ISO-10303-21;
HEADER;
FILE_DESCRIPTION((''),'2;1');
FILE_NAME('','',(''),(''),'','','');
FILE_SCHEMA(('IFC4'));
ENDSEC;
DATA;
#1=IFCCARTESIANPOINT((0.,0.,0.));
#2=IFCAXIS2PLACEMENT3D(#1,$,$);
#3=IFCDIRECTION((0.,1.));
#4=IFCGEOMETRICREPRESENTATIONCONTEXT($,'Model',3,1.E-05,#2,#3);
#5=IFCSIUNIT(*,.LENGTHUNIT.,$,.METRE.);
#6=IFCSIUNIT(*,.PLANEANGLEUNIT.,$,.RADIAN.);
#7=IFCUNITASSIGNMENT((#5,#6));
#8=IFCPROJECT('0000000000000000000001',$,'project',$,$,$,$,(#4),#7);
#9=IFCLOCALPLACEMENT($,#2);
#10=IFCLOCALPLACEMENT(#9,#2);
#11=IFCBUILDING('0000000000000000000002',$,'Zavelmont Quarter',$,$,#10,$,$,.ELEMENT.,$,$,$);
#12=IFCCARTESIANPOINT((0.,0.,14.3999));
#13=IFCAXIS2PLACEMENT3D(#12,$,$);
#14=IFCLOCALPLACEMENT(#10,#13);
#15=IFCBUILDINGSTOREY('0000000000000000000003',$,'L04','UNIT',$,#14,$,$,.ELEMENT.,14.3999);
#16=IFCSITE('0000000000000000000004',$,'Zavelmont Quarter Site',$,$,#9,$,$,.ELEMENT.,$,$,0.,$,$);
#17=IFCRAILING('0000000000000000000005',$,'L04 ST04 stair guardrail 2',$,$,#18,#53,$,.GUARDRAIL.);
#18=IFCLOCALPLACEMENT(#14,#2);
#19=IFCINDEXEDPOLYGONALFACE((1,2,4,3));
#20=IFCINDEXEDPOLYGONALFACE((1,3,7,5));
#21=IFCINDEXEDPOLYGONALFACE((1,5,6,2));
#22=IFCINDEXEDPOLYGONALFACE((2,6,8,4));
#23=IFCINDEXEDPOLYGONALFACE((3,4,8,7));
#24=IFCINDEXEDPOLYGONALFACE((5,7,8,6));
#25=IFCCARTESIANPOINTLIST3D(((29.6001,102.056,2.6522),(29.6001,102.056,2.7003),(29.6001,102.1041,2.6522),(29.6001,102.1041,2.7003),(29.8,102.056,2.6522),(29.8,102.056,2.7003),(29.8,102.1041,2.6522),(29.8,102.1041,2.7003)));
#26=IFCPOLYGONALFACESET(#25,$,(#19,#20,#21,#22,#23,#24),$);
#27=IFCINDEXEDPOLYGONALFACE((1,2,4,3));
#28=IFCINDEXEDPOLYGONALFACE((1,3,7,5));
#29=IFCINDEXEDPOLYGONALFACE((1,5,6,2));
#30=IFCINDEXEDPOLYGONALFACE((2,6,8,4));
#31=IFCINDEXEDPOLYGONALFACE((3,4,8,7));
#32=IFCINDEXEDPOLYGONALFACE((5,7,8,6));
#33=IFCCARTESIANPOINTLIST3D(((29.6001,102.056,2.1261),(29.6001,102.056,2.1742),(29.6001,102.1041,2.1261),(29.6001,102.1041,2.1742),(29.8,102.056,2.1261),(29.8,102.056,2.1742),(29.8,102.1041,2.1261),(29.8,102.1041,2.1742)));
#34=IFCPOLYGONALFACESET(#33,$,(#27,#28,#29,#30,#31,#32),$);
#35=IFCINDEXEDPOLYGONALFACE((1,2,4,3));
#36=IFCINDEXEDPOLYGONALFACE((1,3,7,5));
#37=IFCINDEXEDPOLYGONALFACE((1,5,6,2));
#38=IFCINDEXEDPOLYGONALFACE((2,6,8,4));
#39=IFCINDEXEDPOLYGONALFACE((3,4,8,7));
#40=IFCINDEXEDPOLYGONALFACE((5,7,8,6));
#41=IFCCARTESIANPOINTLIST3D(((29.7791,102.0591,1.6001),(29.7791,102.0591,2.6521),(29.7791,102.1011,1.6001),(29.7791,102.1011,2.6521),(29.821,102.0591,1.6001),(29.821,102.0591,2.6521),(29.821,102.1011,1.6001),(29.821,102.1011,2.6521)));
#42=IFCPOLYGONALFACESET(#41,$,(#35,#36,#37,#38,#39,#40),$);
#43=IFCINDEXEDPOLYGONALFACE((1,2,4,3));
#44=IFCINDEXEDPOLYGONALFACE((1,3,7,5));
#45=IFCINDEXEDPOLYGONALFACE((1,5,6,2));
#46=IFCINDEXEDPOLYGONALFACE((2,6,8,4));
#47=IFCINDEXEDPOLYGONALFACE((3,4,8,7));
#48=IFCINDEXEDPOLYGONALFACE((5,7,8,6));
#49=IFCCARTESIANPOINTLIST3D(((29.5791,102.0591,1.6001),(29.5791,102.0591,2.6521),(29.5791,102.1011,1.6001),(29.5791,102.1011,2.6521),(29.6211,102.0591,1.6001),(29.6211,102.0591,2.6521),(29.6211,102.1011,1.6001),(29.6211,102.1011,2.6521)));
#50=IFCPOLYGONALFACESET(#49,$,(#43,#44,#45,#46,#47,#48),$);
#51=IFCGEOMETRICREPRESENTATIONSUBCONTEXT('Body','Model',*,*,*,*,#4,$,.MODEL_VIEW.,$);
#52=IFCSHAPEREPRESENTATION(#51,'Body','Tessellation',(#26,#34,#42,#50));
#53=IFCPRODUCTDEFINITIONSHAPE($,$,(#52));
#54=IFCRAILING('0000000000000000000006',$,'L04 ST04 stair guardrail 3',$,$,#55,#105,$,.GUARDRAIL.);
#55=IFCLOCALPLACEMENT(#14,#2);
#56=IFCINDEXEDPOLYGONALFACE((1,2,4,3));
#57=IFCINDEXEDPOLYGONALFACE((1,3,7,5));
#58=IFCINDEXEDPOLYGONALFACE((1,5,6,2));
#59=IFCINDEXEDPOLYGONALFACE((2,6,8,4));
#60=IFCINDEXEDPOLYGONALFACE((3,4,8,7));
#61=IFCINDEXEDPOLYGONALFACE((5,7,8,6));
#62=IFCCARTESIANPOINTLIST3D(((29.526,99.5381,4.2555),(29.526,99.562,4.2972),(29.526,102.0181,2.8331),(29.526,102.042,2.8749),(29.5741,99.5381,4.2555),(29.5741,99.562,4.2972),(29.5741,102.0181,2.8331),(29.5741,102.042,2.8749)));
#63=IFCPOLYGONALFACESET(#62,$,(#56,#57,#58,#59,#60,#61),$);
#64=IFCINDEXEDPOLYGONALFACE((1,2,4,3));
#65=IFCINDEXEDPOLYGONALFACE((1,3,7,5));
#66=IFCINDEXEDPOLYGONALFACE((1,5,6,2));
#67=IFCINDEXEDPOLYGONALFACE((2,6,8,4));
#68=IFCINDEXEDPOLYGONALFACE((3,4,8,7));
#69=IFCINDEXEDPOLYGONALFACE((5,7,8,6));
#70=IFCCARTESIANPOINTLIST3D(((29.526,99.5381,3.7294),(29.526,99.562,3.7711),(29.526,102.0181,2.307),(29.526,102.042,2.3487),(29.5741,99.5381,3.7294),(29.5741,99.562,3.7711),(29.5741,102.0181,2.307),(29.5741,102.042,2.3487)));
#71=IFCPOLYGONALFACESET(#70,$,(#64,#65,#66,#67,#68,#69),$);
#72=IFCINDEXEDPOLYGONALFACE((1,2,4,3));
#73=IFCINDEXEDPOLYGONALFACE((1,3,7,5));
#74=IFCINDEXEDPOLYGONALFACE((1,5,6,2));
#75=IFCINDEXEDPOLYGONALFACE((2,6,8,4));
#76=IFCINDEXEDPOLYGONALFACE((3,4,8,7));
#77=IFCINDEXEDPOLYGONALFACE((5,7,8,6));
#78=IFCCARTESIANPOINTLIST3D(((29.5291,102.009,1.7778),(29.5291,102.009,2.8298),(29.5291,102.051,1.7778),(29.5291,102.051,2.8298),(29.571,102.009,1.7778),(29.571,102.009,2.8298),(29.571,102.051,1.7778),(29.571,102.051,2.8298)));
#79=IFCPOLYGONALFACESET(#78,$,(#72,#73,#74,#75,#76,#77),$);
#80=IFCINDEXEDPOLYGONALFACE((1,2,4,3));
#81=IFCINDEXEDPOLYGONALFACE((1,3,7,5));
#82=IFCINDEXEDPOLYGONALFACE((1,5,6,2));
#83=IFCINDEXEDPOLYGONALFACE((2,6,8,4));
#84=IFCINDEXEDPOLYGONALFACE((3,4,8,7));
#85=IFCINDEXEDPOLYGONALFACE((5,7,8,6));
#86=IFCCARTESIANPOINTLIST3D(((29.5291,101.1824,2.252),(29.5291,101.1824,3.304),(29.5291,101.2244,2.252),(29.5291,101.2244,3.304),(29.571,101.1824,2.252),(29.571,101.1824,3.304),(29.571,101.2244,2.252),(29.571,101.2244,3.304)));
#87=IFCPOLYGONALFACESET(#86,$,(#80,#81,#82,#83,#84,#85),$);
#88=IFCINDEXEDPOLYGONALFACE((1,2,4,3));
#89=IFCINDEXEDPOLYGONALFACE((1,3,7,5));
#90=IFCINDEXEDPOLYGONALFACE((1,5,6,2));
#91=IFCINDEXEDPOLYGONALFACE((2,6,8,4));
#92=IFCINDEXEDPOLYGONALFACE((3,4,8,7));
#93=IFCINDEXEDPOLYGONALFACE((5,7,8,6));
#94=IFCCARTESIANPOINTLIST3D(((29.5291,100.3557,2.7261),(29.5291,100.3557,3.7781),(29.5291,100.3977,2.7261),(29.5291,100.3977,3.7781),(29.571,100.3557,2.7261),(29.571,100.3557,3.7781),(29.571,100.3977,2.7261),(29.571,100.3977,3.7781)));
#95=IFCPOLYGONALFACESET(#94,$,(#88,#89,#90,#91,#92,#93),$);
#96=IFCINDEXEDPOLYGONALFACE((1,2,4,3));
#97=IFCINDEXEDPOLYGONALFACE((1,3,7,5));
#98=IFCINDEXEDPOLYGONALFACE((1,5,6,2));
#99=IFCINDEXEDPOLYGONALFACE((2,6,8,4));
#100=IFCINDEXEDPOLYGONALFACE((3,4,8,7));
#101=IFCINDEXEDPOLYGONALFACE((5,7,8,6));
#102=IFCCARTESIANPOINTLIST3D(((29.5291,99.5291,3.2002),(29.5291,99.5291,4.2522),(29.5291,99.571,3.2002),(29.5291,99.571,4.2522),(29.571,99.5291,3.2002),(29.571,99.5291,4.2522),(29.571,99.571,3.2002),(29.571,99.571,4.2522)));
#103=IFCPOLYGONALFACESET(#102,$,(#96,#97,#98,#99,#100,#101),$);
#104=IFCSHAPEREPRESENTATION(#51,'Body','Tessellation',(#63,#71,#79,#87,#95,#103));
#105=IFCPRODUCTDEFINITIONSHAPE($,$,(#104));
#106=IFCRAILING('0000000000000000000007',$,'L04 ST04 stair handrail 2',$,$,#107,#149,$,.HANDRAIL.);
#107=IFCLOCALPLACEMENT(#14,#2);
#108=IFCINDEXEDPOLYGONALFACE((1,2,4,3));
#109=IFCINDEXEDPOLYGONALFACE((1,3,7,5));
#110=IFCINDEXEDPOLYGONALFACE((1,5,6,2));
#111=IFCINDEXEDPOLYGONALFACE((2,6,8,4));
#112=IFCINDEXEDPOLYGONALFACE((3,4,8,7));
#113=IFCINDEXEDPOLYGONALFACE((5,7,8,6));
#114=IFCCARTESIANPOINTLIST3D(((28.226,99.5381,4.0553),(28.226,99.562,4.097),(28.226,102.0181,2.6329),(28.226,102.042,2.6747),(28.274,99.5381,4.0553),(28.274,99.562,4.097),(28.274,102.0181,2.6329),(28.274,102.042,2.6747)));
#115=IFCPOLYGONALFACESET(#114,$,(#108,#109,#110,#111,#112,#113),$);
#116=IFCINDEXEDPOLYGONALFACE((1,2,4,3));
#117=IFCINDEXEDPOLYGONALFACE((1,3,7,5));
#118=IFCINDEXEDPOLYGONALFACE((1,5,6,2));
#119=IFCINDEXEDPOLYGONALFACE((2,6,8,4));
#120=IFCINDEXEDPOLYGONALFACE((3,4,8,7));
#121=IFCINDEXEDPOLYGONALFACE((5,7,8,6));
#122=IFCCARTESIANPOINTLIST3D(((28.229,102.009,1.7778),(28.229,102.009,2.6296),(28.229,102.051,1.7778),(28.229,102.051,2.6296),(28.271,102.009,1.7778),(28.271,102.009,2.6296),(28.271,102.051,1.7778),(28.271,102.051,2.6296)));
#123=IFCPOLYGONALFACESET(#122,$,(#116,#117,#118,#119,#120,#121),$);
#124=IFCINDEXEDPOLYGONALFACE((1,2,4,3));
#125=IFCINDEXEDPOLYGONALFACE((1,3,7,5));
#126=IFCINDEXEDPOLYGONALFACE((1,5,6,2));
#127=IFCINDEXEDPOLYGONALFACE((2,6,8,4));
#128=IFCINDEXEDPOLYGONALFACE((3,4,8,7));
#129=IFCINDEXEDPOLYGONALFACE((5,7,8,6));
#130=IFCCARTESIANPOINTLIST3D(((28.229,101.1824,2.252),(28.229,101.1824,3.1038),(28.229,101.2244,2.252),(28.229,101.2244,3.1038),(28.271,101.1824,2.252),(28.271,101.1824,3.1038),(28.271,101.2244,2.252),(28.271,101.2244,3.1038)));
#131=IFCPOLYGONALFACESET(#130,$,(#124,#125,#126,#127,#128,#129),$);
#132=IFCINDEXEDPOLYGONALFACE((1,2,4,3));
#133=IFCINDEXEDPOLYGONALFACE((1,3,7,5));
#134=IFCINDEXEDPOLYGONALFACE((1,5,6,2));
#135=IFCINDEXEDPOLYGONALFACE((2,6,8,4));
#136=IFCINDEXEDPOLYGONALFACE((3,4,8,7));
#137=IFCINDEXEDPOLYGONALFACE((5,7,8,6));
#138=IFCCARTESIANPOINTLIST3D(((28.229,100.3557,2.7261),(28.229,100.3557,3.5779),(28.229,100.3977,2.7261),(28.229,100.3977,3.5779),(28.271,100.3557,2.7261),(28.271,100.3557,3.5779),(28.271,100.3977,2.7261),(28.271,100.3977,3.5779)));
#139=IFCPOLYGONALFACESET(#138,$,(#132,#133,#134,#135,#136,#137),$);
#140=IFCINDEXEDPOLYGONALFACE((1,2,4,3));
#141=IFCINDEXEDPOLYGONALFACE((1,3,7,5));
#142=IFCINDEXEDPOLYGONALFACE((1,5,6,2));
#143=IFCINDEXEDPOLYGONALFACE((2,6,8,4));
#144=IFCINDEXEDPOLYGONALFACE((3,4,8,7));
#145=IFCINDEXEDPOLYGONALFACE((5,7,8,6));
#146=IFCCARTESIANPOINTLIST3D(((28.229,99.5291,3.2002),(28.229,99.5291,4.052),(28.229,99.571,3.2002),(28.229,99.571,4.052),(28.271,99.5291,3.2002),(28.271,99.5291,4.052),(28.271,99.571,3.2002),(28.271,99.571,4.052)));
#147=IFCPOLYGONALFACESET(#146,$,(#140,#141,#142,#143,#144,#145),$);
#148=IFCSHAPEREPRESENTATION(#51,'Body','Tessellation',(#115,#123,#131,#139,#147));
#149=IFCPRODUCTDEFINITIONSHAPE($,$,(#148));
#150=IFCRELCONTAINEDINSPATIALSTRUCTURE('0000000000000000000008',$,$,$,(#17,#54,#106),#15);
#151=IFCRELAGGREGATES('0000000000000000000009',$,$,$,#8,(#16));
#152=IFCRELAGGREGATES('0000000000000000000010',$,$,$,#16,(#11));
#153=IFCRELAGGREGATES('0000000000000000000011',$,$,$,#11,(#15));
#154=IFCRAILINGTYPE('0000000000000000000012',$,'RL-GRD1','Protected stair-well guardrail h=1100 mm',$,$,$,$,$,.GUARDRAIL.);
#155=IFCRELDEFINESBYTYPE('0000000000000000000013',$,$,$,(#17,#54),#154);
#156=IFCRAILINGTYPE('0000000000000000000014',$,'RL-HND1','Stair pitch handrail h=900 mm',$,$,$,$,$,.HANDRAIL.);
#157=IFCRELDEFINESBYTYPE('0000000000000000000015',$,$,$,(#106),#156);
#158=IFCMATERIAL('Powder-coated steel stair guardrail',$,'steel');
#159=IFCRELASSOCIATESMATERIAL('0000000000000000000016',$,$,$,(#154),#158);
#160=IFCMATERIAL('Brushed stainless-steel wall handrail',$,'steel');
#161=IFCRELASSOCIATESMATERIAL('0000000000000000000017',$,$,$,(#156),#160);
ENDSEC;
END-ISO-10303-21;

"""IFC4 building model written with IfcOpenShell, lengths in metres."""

from ifc_helpers import new_model, si_unit, direction, frame, origin, origin_2d, place, context, subcontext, project, spatial, rectangle, extrude, material, type_object, element, save


model = new_model("IFC4")

# Units and contexts
model_context = context("Model", 3, precision=1e-05, world=origin(), true_north=direction((0.0, 1.0)))
body_context = subcontext(model_context, "Body", "Model", "MODEL_VIEW")
ifc_project = project(units=[si_unit("LENGTHUNIT", "METRE"), si_unit("PLANEANGLEUNIT", "RADIAN")], contexts=[model_context])

# Site, building, storey
site_placement = place(None, origin())
site = spatial("IfcSite", under=ifc_project, at=site_placement, Name="Zavelmont Quarter Site", CompositionType="ELEMENT", RefElevation=0.0)
building_placement = place(site_placement, origin())
building = spatial("IfcBuilding", under=site, at=building_placement, Name="Zavelmont Quarter", CompositionType="ELEMENT")
storey_placement = place(building_placement, frame((0.0, 0.0, 14.3999)))
storey = spatial("IfcBuildingStorey", under=building, at=storey_placement, Name="L04", Description="UNIT", CompositionType="ELEMENT", Elevation=14.3999)

# Railings
ifc_material_1 = material(Name="Powder-coated steel stair guardrail", Category="steel")
railing_type_1 = type_object("IfcRailingType", Name="RL-GRD1", Description="Protected stair-well guardrail h=1100 mm", PredefinedType="GUARDRAIL", material=ifc_material_1)
railing_1_placement = place(storey_placement, frame((29.8, 102.0801, 1.6001)))
element("IfcRailing", 1, at=railing_1_placement, inside=storey, type_object=railing_type_1, Name="L04 ST04 stair guardrail 2", PredefinedType="GUARDRAIL", context=body_context, shape_type="SweptSolid", body=[
    extrude(rectangle(XDim=0.0481, YDim=0.0481, at=origin_2d()), frame((0.0, 0.0, 1.0762), z_axis=(-1.0, 0.0, 0.0), x_axis=(0.0, -1.0, 0.0)), (0.0, 0.0, 1.0), 0.2),
    extrude(rectangle(XDim=0.0481, YDim=0.0481, at=origin_2d()), frame((0.0, 0.0, 0.55), z_axis=(-1.0, 0.0, 0.0), x_axis=(0.0, -1.0, 0.0)), (0.0, 0.0, 1.0), 0.2),
    extrude(rectangle(XDim=0.042, YDim=0.042, at=origin_2d()), origin(), (0.0, 0.0, 1.0), 1.052),
    extrude(rectangle(XDim=0.042, YDim=0.042, at=origin_2d()), frame((-0.2, 0.0, 0.0)), (0.0, 0.0, 1.0), 1.052),
])
railing_2_placement = place(storey_placement, frame((29.55, 102.03, 1.7778)))
element("IfcRailing", 2, at=railing_2_placement, inside=storey, type_object=railing_type_1, Name="L04 ST04 stair guardrail 3", PredefinedType="GUARDRAIL", context=body_context, shape_type="SweptSolid", body=[
    extrude(rectangle(XDim=0.0481, YDim=0.0481, at=origin_2d()), frame((0.0, 0.0, 1.0762), z_axis=(0.0, -0.867454, 0.497518), x_axis=(1.0, 0.0, 0.0)), (0.0, 0.0, 1.0), 2.8589),
    extrude(rectangle(XDim=0.0481, YDim=0.0481, at=origin_2d()), frame((0.0, 0.0, 0.55), z_axis=(0.0, -0.867454, 0.497518), x_axis=(1.0, 0.0, 0.0)), (0.0, 0.0, 1.0), 2.8589),
    extrude(rectangle(XDim=0.042, YDim=0.042, at=origin_2d()), origin(), (0.0, 0.0, 1.0), 1.052),
    extrude(rectangle(XDim=0.042, YDim=0.042, at=origin_2d()), frame((0.0, -0.8267, 0.4741)), (0.0, 0.0, 1.0), 1.052),
    extrude(rectangle(XDim=0.042, YDim=0.042, at=origin_2d()), frame((0.0, -1.6533, 0.9482)), (0.0, 0.0, 1.0), 1.052),
    extrude(rectangle(XDim=0.042, YDim=0.042, at=origin_2d()), frame((0.0, -2.48, 1.4224)), (0.0, 0.0, 1.0), 1.052),
])
ifc_material_2 = material(Name="Brushed stainless-steel wall handrail", Category="steel")
railing_type_2 = type_object("IfcRailingType", Name="RL-HND1", Description="Stair pitch handrail h=900 mm", PredefinedType="HANDRAIL", material=ifc_material_2)
railing_3_placement = place(storey_placement, frame((28.25, 102.03, 1.7778)))
element("IfcRailing", 3, at=railing_3_placement, inside=storey, type_object=railing_type_2, Name="L04 ST04 stair handrail 2", PredefinedType="HANDRAIL", context=body_context, shape_type="SweptSolid", body=[
    extrude(rectangle(XDim=0.0481, YDim=0.0481, at=origin_2d()), frame((0.0, 0.0, 0.876), z_axis=(0.0, -0.867454, 0.497518), x_axis=(1.0, 0.0, 0.0)), (0.0, 0.0, 1.0), 2.8589),
    extrude(rectangle(XDim=0.042, YDim=0.042, at=origin_2d()), origin(), (0.0, 0.0, 1.0), 0.8518),
    extrude(rectangle(XDim=0.042, YDim=0.042, at=origin_2d()), frame((0.0, -0.8267, 0.4741)), (0.0, 0.0, 1.0), 0.8518),
    extrude(rectangle(XDim=0.042, YDim=0.042, at=origin_2d()), frame((0.0, -1.6533, 0.9482)), (0.0, 0.0, 1.0), 0.8518),
    extrude(rectangle(XDim=0.042, YDim=0.042, at=origin_2d()), frame((0.0, -2.48, 1.4224)), (0.0, 0.0, 1.0), 0.8518),
])

save(model, "model.ifc")
